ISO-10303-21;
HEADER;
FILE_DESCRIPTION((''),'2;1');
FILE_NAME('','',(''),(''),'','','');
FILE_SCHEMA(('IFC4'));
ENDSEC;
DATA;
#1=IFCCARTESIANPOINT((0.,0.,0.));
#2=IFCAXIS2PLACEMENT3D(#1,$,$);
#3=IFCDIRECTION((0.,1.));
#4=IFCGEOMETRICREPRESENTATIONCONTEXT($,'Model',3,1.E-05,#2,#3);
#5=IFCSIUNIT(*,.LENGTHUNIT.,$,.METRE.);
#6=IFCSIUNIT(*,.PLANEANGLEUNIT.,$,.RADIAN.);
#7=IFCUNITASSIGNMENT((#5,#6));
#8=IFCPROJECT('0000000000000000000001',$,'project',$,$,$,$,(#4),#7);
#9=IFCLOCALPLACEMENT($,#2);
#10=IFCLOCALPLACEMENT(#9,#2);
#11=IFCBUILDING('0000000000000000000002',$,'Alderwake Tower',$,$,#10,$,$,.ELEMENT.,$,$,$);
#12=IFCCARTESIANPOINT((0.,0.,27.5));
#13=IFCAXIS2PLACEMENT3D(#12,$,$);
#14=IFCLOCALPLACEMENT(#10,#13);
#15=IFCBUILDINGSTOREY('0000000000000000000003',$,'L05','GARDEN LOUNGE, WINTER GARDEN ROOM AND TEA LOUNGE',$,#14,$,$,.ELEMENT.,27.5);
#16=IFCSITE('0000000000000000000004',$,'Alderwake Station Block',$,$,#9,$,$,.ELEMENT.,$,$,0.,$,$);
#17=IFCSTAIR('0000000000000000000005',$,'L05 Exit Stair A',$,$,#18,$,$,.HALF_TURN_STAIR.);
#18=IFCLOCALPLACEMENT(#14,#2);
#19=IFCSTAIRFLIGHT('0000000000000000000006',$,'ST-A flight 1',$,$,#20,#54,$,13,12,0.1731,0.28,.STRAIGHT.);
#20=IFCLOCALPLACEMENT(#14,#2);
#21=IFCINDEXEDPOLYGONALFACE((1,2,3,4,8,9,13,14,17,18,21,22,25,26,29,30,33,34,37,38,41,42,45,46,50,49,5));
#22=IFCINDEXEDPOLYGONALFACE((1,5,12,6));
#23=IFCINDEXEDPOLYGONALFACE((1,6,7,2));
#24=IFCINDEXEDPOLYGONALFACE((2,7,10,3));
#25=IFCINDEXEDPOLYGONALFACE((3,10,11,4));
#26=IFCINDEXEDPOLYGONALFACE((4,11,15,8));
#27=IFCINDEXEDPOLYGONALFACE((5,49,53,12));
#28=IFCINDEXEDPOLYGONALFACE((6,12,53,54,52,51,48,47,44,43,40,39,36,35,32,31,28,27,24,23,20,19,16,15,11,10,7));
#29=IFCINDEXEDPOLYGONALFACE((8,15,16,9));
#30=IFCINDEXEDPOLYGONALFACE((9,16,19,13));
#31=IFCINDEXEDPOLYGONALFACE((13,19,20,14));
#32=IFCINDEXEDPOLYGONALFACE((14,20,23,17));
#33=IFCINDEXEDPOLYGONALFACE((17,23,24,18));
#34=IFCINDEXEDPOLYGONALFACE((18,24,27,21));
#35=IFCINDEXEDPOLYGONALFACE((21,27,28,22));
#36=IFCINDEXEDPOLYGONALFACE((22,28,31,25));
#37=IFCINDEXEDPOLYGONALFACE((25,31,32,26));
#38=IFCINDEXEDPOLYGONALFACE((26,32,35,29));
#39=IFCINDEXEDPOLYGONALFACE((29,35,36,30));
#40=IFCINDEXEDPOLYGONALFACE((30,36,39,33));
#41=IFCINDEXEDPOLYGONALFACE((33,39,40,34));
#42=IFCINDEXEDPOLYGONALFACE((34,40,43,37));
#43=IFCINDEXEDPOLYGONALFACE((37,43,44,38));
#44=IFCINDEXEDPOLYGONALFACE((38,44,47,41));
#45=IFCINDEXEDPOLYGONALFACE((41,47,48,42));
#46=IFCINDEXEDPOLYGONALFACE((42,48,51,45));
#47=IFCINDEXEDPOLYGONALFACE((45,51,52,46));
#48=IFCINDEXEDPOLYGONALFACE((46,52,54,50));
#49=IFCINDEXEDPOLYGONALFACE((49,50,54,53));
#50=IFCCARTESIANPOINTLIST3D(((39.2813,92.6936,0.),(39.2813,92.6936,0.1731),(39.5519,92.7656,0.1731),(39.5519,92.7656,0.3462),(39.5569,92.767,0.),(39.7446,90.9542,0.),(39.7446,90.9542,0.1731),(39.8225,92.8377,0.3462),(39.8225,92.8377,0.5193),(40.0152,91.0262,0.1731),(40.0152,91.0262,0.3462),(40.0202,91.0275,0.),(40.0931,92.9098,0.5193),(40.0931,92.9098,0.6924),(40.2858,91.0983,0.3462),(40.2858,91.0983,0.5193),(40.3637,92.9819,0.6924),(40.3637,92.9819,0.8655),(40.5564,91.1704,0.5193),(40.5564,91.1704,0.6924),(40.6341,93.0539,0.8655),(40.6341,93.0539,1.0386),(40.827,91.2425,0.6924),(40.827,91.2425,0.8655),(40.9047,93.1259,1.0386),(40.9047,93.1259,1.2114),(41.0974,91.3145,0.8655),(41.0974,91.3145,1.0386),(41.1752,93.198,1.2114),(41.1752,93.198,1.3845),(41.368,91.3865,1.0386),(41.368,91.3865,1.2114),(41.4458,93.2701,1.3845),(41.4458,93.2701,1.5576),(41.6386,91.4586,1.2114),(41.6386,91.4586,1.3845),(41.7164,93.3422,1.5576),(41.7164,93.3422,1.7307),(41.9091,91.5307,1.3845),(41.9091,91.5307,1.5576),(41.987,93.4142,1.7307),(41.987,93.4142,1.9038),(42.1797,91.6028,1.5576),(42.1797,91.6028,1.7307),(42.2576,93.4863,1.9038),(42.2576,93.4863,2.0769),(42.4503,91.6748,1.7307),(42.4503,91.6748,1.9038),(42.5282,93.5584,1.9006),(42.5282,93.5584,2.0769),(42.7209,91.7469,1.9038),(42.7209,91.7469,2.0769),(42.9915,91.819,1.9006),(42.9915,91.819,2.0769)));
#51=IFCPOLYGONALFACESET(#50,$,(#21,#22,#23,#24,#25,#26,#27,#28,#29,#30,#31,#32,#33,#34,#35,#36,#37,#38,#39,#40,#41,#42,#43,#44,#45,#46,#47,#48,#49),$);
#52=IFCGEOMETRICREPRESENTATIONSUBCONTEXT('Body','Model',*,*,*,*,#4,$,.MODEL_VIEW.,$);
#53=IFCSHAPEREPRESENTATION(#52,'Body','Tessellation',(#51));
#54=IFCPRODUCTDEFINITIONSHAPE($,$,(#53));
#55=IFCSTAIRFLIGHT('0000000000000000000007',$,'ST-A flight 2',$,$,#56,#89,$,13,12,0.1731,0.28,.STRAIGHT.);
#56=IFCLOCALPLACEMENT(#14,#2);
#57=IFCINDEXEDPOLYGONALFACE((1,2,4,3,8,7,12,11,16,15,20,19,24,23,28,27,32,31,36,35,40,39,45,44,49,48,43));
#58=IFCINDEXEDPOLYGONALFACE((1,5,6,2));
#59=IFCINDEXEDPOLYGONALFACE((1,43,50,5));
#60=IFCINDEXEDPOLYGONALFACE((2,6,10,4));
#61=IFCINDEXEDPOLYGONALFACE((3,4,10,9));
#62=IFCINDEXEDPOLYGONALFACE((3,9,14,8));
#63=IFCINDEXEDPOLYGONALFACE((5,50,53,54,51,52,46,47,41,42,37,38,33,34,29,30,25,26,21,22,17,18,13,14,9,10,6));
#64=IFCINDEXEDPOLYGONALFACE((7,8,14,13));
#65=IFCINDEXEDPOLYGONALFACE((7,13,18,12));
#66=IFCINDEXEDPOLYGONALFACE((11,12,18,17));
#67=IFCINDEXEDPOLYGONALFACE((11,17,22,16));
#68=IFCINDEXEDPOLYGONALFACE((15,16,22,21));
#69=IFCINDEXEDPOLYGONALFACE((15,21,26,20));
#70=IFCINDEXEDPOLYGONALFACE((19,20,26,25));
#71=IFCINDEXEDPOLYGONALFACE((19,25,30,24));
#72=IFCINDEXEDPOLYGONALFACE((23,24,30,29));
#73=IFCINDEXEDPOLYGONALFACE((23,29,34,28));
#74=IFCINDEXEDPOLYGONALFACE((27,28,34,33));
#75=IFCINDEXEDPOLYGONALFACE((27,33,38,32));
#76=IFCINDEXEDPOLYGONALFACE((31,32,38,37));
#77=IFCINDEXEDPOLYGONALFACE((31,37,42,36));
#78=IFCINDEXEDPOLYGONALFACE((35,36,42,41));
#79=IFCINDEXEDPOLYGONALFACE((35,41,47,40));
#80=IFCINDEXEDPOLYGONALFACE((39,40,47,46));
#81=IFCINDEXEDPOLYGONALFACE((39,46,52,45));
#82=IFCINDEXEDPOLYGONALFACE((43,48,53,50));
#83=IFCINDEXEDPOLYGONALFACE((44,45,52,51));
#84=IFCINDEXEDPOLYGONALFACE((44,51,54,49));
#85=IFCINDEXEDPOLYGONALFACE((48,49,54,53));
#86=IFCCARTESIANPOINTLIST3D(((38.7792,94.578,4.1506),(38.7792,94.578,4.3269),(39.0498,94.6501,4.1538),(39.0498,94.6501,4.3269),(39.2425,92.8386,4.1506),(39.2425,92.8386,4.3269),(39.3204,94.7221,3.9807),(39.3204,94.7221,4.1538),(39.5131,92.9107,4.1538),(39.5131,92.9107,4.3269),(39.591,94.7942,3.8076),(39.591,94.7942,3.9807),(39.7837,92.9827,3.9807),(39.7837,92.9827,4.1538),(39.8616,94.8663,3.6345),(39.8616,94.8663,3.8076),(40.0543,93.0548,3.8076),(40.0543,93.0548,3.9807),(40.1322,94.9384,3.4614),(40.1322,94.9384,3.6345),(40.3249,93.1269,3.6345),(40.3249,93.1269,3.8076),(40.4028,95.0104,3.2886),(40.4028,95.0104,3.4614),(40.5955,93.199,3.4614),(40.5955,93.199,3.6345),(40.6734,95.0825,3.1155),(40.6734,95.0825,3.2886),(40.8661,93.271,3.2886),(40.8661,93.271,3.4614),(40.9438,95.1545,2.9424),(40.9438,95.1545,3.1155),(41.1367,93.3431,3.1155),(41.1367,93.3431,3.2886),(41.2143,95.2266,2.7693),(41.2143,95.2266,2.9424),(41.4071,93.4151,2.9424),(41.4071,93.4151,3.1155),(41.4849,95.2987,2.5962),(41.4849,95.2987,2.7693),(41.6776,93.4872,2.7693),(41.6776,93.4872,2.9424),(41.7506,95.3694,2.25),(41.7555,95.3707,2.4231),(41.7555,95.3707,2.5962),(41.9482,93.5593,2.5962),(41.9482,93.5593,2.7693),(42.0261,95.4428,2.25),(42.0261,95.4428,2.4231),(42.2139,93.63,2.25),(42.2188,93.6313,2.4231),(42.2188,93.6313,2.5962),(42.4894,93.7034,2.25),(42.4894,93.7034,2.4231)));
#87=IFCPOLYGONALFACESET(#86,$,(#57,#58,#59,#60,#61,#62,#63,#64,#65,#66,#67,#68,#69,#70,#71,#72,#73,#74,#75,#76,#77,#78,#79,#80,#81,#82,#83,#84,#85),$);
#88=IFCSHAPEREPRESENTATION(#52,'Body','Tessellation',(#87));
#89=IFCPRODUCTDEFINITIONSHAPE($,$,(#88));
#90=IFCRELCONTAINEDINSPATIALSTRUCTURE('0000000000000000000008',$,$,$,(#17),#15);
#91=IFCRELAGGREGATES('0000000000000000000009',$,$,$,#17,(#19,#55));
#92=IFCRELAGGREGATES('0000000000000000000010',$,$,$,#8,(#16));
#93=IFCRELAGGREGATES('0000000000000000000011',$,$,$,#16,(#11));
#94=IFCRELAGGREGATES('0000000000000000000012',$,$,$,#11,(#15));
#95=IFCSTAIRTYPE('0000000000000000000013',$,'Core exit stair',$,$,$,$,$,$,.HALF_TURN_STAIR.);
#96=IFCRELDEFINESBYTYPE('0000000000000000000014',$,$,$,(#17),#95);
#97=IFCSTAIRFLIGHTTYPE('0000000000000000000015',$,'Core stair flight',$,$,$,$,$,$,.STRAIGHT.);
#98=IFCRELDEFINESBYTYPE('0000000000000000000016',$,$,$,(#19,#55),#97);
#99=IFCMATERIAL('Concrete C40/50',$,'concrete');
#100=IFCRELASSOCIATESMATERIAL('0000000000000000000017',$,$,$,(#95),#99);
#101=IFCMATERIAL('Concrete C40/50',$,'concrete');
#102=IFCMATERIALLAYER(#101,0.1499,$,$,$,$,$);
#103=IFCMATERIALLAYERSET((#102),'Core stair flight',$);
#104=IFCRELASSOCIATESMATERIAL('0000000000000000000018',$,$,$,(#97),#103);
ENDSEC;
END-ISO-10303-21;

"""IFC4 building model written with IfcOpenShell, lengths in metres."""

from ifc_helpers import new_model, si_unit, direction, frame, origin, place, context, subcontext, project, spatial, polyline, outline, extrude, material, layer, layer_set, type_object, element, aggregate, save


model = new_model("IFC4")

# Units and contexts
model_context = context("Model", 3, precision=1e-05, world=origin(), true_north=direction((0.0, 1.0)))
body_context = subcontext(model_context, "Body", "Model", "MODEL_VIEW")
ifc_project = project(units=[si_unit("LENGTHUNIT", "METRE"), si_unit("PLANEANGLEUNIT", "RADIAN")], contexts=[model_context])

# Site, building, storey
site_placement = place(None, origin())
site = spatial("IfcSite", under=ifc_project, at=site_placement, Name="Alderwake Station Block", CompositionType="ELEMENT", RefElevation=0.0)
building_placement = place(site_placement, origin())
building = spatial("IfcBuilding", under=site, at=building_placement, Name="Alderwake Tower", CompositionType="ELEMENT")
storey_placement = place(building_placement, frame((0.0, 0.0, 27.5)))
storey = spatial("IfcBuildingStorey", under=building, at=storey_placement, Name="L05", Description="GARDEN LOUNGE, WINTER GARDEN ROOM AND TEA LOUNGE", CompositionType="ELEMENT", Elevation=27.5)

# Stair, stair flights
ifc_material_1 = material(Name="Concrete C40/50", Category="concrete")
stair_type = type_object("IfcStairType", Name="Core exit stair", PredefinedType="HALF_TURN_STAIR", material=ifc_material_1)
stair_placement = place(storey_placement, origin())
stair = element("IfcStair", 1, at=stair_placement, inside=storey, type_object=stair_type, Name="L05 Exit Stair A", PredefinedType="HALF_TURN_STAIR")
ifc_material_2 = material(Name="Concrete C40/50", Category="concrete")
ifc_layer_1 = layer(ifc_material_2, 0.1499)
ifc_layer_set_1 = layer_set([ifc_layer_1], Name="Core stair flight")
stair_flight_type = type_object("IfcStairFlightType", Name="Core stair flight", PredefinedType="STRAIGHT", material=ifc_layer_set_1)
stair_flight_1_placement = place(storey_placement, frame((39.5129, 91.824, 0.0), z_axis=(0.0, 0.0, 1.0), x_axis=(0.96631, 0.257382, 0.0)))
stair_flight_1 = element("IfcStairFlight", 2, at=stair_flight_1_placement, type_object=stair_flight_type, Name="ST-A flight 1", NumberOfRisers=13, NumberOfTreads=12, PredefinedType="STRAIGHT", RiserHeight=0.1731, TreadLength=0.28, context=body_context, shape_type="SweptSolid", body=[
    extrude(outline(polyline([(0.0, 0.0), (0.0, 0.1731), (0.28, 0.1731), (0.28, 0.3462), (0.5601, 0.3462), (0.5601, 0.5193), (0.8401, 0.5193), (0.8401, 0.6924), (1.1201, 0.6924), (1.1201, 0.8655), (1.3999, 0.8655), (1.3999, 1.0386), (1.6799, 1.0386), (1.6799, 1.2114), (1.96, 1.2114), (1.96, 1.3845), (2.24, 1.3845), (2.24, 1.5576), (2.52, 1.5576), (2.52, 1.7307), (2.8, 1.7307), (2.8, 1.9038), (3.0801, 1.9038), (3.0801, 2.0769), (3.3601, 2.0769), (3.3601, 2.25), (3.3601, 1.9006), (0.2852, 0.0), (0.0, 0.0)])), frame((0.0, 0.8999, 0.0), z_axis=(0.0, -1.0, 0.0), x_axis=(1.0, 0.0, 0.0)), (0.0, 0.0, 1.0), 1.8),
])
stair_flight_2_placement = place(storey_placement, frame((42.2578, 94.573, 2.25), z_axis=(0.0, 0.0, 1.0), x_axis=(-0.96631, -0.257382, 0.0)))
stair_flight_2 = element("IfcStairFlight", 3, at=stair_flight_2_placement, type_object=stair_flight_type, Name="ST-A flight 2", NumberOfRisers=13, NumberOfTreads=12, PredefinedType="STRAIGHT", RiserHeight=0.1731, TreadLength=0.28, context=body_context, shape_type="SweptSolid", body=[
    extrude(outline(polyline([(0.0, 0.0), (0.0, 0.1731), (0.28, 0.1731), (0.28, 0.3462), (0.5601, 0.3462), (0.5601, 0.5193), (0.8401, 0.5193), (0.8401, 0.6924), (1.1201, 0.6924), (1.1201, 0.8655), (1.3999, 0.8655), (1.3999, 1.0386), (1.6799, 1.0386), (1.6799, 1.2114), (1.96, 1.2114), (1.96, 1.3845), (2.24, 1.3845), (2.24, 1.5576), (2.52, 1.5576), (2.52, 1.7307), (2.8, 1.7307), (2.8, 1.9038), (3.0801, 1.9038), (3.0801, 2.0769), (3.3601, 2.0769), (3.3601, 2.25), (3.3601, 1.9006), (0.2852, 0.0), (0.0, 0.0)])), frame((0.0, 0.8999, 0.0), z_axis=(0.0, -1.0, 0.0), x_axis=(1.0, 0.0, 0.0)), (0.0, 0.0, 1.0), 1.8),
])
aggregate(stair, [stair_flight_1, stair_flight_2])

save(model, "model.ifc")
